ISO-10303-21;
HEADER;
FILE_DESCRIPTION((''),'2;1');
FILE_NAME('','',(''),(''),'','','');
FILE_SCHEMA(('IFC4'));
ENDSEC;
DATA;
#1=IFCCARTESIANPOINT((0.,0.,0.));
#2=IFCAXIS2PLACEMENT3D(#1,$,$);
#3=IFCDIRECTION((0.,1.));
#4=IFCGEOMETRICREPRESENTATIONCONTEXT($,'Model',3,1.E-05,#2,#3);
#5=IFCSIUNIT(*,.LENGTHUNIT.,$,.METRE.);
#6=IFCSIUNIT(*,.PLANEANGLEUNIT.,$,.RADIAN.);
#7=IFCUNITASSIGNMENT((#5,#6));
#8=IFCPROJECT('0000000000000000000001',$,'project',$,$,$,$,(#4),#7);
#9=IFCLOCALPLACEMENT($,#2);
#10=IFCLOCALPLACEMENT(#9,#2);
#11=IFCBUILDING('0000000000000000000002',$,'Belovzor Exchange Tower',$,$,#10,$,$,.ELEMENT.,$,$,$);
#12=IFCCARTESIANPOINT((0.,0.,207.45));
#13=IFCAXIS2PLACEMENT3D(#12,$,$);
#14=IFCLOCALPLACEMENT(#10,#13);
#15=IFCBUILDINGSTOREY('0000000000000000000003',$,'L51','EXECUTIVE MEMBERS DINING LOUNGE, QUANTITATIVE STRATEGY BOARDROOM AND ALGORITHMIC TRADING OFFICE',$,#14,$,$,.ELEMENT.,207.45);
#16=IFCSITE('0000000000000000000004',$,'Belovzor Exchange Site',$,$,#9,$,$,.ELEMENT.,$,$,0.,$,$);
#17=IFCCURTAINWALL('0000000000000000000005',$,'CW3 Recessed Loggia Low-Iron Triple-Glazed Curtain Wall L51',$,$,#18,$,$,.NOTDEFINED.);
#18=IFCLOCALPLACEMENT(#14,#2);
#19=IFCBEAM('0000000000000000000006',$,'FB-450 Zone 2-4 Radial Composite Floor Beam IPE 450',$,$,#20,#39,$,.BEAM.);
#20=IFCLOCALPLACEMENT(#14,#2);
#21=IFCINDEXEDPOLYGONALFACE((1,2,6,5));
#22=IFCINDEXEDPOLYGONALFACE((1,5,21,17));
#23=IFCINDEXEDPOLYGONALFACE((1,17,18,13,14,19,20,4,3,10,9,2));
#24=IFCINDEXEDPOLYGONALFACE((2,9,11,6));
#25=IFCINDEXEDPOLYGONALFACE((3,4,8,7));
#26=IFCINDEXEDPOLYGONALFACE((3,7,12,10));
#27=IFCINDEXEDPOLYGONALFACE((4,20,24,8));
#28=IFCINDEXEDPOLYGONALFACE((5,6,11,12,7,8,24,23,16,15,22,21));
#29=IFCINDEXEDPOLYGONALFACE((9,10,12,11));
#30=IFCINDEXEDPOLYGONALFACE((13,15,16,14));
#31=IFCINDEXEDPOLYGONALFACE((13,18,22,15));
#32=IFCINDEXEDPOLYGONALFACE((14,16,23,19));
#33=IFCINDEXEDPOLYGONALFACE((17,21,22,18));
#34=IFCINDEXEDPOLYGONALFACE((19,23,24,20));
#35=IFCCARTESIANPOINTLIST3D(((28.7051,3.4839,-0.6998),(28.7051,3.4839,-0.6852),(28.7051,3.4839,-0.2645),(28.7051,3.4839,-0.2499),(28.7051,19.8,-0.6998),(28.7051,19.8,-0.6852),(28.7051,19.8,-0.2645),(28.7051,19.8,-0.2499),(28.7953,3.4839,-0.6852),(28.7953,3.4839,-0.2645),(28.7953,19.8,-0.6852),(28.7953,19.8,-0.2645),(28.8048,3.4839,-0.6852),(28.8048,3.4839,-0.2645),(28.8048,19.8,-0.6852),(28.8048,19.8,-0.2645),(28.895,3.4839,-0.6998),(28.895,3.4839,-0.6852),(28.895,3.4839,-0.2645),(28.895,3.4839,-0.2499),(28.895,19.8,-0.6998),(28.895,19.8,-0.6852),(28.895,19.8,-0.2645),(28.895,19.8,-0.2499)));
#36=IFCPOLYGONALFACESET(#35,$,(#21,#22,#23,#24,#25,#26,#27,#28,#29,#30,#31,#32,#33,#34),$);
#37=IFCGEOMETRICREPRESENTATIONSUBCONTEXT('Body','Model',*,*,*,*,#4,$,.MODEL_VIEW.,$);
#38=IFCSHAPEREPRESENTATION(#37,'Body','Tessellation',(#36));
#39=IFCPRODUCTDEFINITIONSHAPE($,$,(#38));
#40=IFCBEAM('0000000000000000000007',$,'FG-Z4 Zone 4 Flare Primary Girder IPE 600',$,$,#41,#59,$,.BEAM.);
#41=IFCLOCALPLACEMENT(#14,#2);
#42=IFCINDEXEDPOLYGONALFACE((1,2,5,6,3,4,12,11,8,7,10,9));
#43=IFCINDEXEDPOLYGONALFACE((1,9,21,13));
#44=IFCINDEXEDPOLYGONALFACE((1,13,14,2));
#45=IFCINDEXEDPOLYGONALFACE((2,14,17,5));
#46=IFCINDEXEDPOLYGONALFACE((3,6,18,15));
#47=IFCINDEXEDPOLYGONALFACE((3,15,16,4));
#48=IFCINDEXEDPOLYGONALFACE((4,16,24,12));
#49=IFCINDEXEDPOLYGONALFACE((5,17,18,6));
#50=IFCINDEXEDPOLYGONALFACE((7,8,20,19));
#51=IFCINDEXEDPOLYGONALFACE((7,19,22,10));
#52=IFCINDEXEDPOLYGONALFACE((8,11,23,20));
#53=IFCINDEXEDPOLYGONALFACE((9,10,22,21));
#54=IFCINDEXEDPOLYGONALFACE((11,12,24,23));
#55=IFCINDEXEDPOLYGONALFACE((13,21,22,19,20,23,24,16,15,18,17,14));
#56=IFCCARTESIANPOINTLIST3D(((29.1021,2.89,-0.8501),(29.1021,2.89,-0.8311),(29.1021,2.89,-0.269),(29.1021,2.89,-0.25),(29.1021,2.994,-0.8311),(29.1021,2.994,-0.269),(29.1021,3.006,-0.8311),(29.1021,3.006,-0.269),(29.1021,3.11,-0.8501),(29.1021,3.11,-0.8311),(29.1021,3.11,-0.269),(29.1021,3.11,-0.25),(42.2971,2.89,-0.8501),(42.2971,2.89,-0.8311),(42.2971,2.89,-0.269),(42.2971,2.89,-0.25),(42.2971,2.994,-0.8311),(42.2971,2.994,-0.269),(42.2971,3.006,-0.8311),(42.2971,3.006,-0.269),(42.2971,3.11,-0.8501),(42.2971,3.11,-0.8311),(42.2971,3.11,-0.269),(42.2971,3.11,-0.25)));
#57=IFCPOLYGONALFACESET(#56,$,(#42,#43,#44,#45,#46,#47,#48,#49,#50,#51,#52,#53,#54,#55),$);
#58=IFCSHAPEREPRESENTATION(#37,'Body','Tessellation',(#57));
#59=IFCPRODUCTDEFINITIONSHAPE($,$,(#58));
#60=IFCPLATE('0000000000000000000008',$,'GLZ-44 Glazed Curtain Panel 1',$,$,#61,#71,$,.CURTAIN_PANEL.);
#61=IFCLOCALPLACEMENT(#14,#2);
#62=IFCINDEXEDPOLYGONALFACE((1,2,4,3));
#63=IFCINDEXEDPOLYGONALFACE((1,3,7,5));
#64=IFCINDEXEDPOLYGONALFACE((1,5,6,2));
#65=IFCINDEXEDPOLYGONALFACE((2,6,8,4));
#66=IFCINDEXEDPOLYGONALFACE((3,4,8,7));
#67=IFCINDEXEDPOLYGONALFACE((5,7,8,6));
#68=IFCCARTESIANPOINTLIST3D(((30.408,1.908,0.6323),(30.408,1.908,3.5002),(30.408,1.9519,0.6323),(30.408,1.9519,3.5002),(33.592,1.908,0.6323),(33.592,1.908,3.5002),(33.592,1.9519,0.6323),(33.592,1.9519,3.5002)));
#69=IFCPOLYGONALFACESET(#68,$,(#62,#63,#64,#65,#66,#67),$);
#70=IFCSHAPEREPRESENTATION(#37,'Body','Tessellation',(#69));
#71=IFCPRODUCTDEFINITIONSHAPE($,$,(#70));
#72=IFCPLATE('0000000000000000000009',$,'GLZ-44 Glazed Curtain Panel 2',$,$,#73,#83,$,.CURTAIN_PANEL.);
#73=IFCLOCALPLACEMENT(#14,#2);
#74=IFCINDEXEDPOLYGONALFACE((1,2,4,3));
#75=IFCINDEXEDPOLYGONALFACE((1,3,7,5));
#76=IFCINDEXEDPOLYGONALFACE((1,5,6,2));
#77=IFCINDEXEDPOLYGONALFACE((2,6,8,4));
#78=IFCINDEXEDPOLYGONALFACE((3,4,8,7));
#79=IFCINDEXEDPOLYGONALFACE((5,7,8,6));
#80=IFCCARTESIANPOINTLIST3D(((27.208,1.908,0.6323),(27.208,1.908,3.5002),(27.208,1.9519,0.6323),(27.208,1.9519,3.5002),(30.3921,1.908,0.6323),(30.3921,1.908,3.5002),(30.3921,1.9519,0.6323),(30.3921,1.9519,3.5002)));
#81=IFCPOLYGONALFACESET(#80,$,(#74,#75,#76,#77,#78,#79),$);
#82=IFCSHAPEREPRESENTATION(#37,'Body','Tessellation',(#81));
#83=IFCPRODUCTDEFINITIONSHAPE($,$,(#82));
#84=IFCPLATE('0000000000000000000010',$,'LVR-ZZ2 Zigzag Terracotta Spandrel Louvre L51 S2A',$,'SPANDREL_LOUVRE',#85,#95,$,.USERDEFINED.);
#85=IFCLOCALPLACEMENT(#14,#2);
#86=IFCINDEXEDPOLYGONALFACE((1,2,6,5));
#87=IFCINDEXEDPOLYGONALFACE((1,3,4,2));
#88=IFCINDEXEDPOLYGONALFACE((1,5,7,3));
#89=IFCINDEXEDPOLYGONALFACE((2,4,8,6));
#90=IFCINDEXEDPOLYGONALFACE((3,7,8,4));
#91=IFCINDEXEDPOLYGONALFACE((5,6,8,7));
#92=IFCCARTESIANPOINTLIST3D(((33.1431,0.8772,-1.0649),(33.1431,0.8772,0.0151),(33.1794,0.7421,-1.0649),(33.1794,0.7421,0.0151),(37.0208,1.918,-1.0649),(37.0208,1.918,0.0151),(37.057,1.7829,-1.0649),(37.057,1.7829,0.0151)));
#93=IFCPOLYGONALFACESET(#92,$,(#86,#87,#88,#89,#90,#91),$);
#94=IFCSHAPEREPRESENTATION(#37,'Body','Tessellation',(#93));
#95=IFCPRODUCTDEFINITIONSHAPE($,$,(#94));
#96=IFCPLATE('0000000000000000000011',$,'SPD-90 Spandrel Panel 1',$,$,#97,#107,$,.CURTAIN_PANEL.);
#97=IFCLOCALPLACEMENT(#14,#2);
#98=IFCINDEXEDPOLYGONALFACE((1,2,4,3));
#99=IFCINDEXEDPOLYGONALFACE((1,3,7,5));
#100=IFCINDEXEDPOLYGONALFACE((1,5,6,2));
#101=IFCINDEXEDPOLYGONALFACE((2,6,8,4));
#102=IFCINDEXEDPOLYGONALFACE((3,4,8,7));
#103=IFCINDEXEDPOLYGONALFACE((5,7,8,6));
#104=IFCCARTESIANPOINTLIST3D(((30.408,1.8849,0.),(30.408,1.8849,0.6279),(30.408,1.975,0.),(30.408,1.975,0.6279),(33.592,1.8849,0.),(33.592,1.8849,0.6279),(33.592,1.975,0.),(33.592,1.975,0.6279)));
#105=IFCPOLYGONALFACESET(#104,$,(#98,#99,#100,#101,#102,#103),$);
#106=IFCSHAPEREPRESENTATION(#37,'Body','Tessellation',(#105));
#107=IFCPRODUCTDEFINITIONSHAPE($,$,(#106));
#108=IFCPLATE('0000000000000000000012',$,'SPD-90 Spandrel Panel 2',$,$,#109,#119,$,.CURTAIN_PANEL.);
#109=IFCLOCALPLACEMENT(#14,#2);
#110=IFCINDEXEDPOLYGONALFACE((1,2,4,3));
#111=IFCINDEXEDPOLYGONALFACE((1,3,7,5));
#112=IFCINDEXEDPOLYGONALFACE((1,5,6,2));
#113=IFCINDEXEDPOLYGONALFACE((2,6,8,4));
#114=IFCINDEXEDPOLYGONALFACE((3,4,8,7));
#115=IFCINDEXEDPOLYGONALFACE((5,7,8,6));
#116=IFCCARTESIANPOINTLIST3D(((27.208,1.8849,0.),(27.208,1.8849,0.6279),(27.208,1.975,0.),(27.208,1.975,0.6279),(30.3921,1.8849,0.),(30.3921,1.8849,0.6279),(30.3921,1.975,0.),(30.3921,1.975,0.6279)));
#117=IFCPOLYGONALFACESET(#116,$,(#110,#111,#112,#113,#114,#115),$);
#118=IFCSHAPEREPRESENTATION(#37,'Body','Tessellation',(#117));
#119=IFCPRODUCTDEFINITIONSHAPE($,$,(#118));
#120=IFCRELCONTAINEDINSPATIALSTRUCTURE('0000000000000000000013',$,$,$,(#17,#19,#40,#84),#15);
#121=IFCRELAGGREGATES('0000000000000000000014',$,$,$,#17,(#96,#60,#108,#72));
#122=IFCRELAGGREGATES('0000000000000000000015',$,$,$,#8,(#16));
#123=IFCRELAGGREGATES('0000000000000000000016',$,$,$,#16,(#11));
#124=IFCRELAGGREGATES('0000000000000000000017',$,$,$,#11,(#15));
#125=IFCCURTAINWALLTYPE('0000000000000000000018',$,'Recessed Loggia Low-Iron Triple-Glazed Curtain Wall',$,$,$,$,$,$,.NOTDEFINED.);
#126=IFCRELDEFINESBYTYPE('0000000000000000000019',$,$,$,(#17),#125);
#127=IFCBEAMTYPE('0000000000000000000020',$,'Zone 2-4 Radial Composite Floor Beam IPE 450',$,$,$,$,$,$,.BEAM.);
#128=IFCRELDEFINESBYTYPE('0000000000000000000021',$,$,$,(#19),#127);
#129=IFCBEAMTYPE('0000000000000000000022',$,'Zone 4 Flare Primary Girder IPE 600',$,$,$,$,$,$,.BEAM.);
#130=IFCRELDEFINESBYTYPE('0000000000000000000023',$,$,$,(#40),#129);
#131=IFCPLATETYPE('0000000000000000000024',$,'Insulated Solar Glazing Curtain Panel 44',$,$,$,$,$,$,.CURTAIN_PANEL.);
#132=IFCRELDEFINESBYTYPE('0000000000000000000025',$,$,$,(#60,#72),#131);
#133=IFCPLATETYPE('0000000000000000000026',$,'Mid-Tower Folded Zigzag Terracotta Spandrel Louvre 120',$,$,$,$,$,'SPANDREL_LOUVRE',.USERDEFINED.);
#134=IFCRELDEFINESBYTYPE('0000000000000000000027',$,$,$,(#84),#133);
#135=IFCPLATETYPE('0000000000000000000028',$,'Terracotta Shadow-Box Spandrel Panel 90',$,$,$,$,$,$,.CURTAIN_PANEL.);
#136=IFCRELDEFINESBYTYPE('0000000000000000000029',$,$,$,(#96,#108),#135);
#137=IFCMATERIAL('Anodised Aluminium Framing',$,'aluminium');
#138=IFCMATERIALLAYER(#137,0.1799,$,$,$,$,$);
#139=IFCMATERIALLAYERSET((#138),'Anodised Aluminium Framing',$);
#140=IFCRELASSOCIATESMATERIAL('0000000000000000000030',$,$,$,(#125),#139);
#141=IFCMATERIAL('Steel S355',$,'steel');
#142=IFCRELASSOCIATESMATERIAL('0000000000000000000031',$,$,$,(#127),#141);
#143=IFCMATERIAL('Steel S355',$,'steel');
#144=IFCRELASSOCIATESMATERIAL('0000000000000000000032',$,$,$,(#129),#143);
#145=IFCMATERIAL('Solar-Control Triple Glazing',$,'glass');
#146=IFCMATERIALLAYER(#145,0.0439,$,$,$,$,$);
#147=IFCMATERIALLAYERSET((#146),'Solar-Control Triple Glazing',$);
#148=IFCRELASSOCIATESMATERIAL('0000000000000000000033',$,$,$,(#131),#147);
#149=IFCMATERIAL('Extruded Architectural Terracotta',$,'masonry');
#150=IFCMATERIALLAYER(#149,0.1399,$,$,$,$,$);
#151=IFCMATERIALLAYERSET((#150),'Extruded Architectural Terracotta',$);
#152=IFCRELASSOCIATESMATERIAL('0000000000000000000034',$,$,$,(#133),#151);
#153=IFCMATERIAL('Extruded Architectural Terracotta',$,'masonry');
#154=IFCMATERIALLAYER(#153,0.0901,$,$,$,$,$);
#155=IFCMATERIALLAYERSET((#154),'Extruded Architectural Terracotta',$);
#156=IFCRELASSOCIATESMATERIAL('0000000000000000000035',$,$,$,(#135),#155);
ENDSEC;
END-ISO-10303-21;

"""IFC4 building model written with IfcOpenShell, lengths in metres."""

from ifc_helpers import new_model, si_unit, direction, frame, origin, origin_2d, place, context, subcontext, project, spatial, rectangle, i_section, extrude, material, layer, layer_set, material_profile, profile_set, type_object, element, aggregate, save


model = new_model("IFC4")

# Units and contexts
model_context = context("Model", 3, precision=1e-05, world=origin(), true_north=direction((0.0, 1.0)))
body_context = subcontext(model_context, "Body", "Model", "MODEL_VIEW")
ifc_project = project(units=[si_unit("LENGTHUNIT", "METRE"), si_unit("PLANEANGLEUNIT", "RADIAN")], contexts=[model_context])

# Site, building, storey
site_placement = place(None, origin())
site = spatial("IfcSite", under=ifc_project, at=site_placement, Name="Belovzor Exchange Site", CompositionType="ELEMENT", RefElevation=0.0)
building_placement = place(site_placement, origin())
building = spatial("IfcBuilding", under=site, at=building_placement, Name="Belovzor Exchange Tower", CompositionType="ELEMENT")
storey_placement = place(building_placement, frame((0.0, 0.0, 207.45)))
storey = spatial("IfcBuildingStorey", under=building, at=storey_placement, Name="L51", Description="EXECUTIVE MEMBERS DINING LOUNGE, QUANTITATIVE STRATEGY BOARDROOM AND ALGORITHMIC TRADING OFFICE", CompositionType="ELEMENT", Elevation=207.45)

# Curtain wall
ifc_material_1 = material(Name="Anodised Aluminium Framing", Category="aluminium")
ifc_layer_1 = layer(ifc_material_1, 0.1799)
ifc_layer_set_1 = layer_set([ifc_layer_1], Name="Anodised Aluminium Framing")
curtain_wall_type = type_object("IfcCurtainWallType", Name="Recessed Loggia Low-Iron Triple-Glazed Curtain Wall", PredefinedType="NOTDEFINED", material=ifc_layer_set_1)
curtain_wall_placement = place(storey_placement, origin())
curtain_wall = element("IfcCurtainWall", 1, at=curtain_wall_placement, inside=storey, type_object=curtain_wall_type, Name="CW3 Recessed Loggia Low-Iron Triple-Glazed Curtain Wall L51", PredefinedType="NOTDEFINED")

# Beams
ifc_material_2 = material(Name="Steel S355", Category="steel")
ifc_material_profile_1 = material_profile(ifc_material_2, i_section(OverallWidth=0.1899, OverallDepth=0.45, WebThickness=0.0095, FlangeThickness=0.0146, at=origin_2d()))
ifc_profile_set_1 = profile_set([ifc_material_profile_1], Name="Steel S355")
beam_type_1 = type_object("IfcBeamType", Name="Zone 2-4 Radial Composite Floor Beam IPE 450", PredefinedType="BEAM", material=ifc_profile_set_1)
beam_1_placement = place(storey_placement, frame((28.8, 19.8, -0.4749), z_axis=(0.0, -1.0, 0.0), x_axis=(1.0, 0.0, 0.0)))
element("IfcBeam", 2, at=beam_1_placement, inside=storey, type_object=beam_type_1, Name="FB-450 Zone 2-4 Radial Composite Floor Beam IPE 450", PredefinedType="BEAM", context=body_context, shape_type="SweptSolid", body=[
    extrude(i_section(OverallWidth=0.1899, OverallDepth=0.45, WebThickness=0.0095, FlangeThickness=0.0146, at=origin_2d()), origin(), (0.0, 0.0, 1.0), 16.3162),
])
ifc_material_3 = material(Name="Steel S355", Category="steel")
ifc_material_profile_2 = material_profile(ifc_material_3, i_section(OverallWidth=0.22, OverallDepth=0.6001, WebThickness=0.012, FlangeThickness=0.019, at=origin_2d()))
ifc_profile_set_2 = profile_set([ifc_material_profile_2], Name="Steel S355")
beam_type_2 = type_object("IfcBeamType", Name="Zone 4 Flare Primary Girder IPE 600", PredefinedType="BEAM", material=ifc_profile_set_2)
beam_2_placement = place(storey_placement, frame((29.1021, 3.0, -0.55), z_axis=(1.0, 0.0, 0.0), x_axis=(0.0, 1.0, 0.0)))
element("IfcBeam", 3, at=beam_2_placement, inside=storey, type_object=beam_type_2, Name="FG-Z4 Zone 4 Flare Primary Girder IPE 600", PredefinedType="BEAM", context=body_context, shape_type="SweptSolid", body=[
    extrude(i_section(OverallWidth=0.22, OverallDepth=0.6001, WebThickness=0.012, FlangeThickness=0.019, at=origin_2d()), origin(), (0.0, 0.0, 1.0), 13.1951),
])

# Plates
ifc_material_4 = material(Name="Solar-Control Triple Glazing", Category="glass")
ifc_layer_2 = layer(ifc_material_4, 0.0439)
ifc_layer_set_2 = layer_set([ifc_layer_2], Name="Solar-Control Triple Glazing")
plate_type_1 = type_object("IfcPlateType", Name="Insulated Solar Glazing Curtain Panel 44", PredefinedType="CURTAIN_PANEL", material=ifc_layer_set_2)
plate_1_placement = place(storey_placement, frame((32.0, 1.9299, 0.6323), z_axis=(0.0, 0.0, 1.0), x_axis=(-1.0, 0.0, 0.0)))
plate_1 = element("IfcPlate", 4, at=plate_1_placement, type_object=plate_type_1, Name="GLZ-44 Glazed Curtain Panel 1", PredefinedType="CURTAIN_PANEL", context=body_context, shape_type="SweptSolid", body=[
    extrude(rectangle(XDim=3.1841, YDim=0.0439, at=origin_2d()), origin(), (0.0, 0.0, 1.0), 2.8679),
])
plate_2_placement = place(storey_placement, frame((28.8, 1.9299, 0.6323), z_axis=(0.0, 0.0, 1.0), x_axis=(-1.0, 0.0, 0.0)))
plate_2 = element("IfcPlate", 5, at=plate_2_placement, type_object=plate_type_1, Name="GLZ-44 Glazed Curtain Panel 2", PredefinedType="CURTAIN_PANEL", context=body_context, shape_type="SweptSolid", body=[
    extrude(rectangle(XDim=3.1841, YDim=0.0439, at=origin_2d()), origin(), (0.0, 0.0, 1.0), 2.8679),
])
ifc_material_5 = material(Name="Extruded Architectural Terracotta", Category="masonry")
ifc_layer_3 = layer(ifc_material_5, 0.1399)
ifc_layer_set_3 = layer_set([ifc_layer_3], Name="Extruded Architectural Terracotta")
plate_type_2 = type_object("IfcPlateType", Name="Mid-Tower Folded Zigzag Terracotta Spandrel Louvre 120", ElementType="SPANDREL_LOUVRE", PredefinedType="USERDEFINED", material=ifc_layer_set_3)
plate_3_placement = place(storey_placement, frame((35.1001, 1.3301, -1.0649), z_axis=(0.0, 0.0, 1.0), x_axis=(0.965813, 0.25924, 0.0)))
element("IfcPlate", 6, at=plate_3_placement, inside=storey, type_object=plate_type_2, Name="LVR-ZZ2 Zigzag Terracotta Spandrel Louvre L51 S2A", ObjectType="SPANDREL_LOUVRE", PredefinedType="USERDEFINED", context=body_context, shape_type="SweptSolid", body=[
    extrude(rectangle(XDim=4.0149, YDim=0.1399, at=origin_2d()), origin(), (0.0, 0.0, 1.0), 1.0801),
])
ifc_material_6 = material(Name="Extruded Architectural Terracotta", Category="masonry")
ifc_layer_4 = layer(ifc_material_6, 0.0901)
ifc_layer_set_4 = layer_set([ifc_layer_4], Name="Extruded Architectural Terracotta")
plate_type_3 = type_object("IfcPlateType", Name="Terracotta Shadow-Box Spandrel Panel 90", PredefinedType="CURTAIN_PANEL", material=ifc_layer_set_4)
plate_4_placement = place(storey_placement, frame((32.0, 1.9299, 0.0), z_axis=(0.0, 0.0, 1.0), x_axis=(-1.0, 0.0, 0.0)))
plate_4 = element("IfcPlate", 7, at=plate_4_placement, type_object=plate_type_3, Name="SPD-90 Spandrel Panel 1", PredefinedType="CURTAIN_PANEL", context=body_context, shape_type="SweptSolid", body=[
    extrude(rectangle(XDim=3.1841, YDim=0.0901, at=origin_2d()), origin(), (0.0, 0.0, 1.0), 0.6279),
])
plate_5_placement = place(storey_placement, frame((28.8, 1.9299, 0.0), z_axis=(0.0, 0.0, 1.0), x_axis=(-1.0, 0.0, 0.0)))
plate_5 = element("IfcPlate", 8, at=plate_5_placement, type_object=plate_type_3, Name="SPD-90 Spandrel Panel 2", PredefinedType="CURTAIN_PANEL", context=body_context, shape_type="SweptSolid", body=[
    extrude(rectangle(XDim=3.1841, YDim=0.0901, at=origin_2d()), origin(), (0.0, 0.0, 1.0), 0.6279),
])
aggregate(curtain_wall, [plate_4, plate_1, plate_5, plate_2])

save(model, "model.ifc")
